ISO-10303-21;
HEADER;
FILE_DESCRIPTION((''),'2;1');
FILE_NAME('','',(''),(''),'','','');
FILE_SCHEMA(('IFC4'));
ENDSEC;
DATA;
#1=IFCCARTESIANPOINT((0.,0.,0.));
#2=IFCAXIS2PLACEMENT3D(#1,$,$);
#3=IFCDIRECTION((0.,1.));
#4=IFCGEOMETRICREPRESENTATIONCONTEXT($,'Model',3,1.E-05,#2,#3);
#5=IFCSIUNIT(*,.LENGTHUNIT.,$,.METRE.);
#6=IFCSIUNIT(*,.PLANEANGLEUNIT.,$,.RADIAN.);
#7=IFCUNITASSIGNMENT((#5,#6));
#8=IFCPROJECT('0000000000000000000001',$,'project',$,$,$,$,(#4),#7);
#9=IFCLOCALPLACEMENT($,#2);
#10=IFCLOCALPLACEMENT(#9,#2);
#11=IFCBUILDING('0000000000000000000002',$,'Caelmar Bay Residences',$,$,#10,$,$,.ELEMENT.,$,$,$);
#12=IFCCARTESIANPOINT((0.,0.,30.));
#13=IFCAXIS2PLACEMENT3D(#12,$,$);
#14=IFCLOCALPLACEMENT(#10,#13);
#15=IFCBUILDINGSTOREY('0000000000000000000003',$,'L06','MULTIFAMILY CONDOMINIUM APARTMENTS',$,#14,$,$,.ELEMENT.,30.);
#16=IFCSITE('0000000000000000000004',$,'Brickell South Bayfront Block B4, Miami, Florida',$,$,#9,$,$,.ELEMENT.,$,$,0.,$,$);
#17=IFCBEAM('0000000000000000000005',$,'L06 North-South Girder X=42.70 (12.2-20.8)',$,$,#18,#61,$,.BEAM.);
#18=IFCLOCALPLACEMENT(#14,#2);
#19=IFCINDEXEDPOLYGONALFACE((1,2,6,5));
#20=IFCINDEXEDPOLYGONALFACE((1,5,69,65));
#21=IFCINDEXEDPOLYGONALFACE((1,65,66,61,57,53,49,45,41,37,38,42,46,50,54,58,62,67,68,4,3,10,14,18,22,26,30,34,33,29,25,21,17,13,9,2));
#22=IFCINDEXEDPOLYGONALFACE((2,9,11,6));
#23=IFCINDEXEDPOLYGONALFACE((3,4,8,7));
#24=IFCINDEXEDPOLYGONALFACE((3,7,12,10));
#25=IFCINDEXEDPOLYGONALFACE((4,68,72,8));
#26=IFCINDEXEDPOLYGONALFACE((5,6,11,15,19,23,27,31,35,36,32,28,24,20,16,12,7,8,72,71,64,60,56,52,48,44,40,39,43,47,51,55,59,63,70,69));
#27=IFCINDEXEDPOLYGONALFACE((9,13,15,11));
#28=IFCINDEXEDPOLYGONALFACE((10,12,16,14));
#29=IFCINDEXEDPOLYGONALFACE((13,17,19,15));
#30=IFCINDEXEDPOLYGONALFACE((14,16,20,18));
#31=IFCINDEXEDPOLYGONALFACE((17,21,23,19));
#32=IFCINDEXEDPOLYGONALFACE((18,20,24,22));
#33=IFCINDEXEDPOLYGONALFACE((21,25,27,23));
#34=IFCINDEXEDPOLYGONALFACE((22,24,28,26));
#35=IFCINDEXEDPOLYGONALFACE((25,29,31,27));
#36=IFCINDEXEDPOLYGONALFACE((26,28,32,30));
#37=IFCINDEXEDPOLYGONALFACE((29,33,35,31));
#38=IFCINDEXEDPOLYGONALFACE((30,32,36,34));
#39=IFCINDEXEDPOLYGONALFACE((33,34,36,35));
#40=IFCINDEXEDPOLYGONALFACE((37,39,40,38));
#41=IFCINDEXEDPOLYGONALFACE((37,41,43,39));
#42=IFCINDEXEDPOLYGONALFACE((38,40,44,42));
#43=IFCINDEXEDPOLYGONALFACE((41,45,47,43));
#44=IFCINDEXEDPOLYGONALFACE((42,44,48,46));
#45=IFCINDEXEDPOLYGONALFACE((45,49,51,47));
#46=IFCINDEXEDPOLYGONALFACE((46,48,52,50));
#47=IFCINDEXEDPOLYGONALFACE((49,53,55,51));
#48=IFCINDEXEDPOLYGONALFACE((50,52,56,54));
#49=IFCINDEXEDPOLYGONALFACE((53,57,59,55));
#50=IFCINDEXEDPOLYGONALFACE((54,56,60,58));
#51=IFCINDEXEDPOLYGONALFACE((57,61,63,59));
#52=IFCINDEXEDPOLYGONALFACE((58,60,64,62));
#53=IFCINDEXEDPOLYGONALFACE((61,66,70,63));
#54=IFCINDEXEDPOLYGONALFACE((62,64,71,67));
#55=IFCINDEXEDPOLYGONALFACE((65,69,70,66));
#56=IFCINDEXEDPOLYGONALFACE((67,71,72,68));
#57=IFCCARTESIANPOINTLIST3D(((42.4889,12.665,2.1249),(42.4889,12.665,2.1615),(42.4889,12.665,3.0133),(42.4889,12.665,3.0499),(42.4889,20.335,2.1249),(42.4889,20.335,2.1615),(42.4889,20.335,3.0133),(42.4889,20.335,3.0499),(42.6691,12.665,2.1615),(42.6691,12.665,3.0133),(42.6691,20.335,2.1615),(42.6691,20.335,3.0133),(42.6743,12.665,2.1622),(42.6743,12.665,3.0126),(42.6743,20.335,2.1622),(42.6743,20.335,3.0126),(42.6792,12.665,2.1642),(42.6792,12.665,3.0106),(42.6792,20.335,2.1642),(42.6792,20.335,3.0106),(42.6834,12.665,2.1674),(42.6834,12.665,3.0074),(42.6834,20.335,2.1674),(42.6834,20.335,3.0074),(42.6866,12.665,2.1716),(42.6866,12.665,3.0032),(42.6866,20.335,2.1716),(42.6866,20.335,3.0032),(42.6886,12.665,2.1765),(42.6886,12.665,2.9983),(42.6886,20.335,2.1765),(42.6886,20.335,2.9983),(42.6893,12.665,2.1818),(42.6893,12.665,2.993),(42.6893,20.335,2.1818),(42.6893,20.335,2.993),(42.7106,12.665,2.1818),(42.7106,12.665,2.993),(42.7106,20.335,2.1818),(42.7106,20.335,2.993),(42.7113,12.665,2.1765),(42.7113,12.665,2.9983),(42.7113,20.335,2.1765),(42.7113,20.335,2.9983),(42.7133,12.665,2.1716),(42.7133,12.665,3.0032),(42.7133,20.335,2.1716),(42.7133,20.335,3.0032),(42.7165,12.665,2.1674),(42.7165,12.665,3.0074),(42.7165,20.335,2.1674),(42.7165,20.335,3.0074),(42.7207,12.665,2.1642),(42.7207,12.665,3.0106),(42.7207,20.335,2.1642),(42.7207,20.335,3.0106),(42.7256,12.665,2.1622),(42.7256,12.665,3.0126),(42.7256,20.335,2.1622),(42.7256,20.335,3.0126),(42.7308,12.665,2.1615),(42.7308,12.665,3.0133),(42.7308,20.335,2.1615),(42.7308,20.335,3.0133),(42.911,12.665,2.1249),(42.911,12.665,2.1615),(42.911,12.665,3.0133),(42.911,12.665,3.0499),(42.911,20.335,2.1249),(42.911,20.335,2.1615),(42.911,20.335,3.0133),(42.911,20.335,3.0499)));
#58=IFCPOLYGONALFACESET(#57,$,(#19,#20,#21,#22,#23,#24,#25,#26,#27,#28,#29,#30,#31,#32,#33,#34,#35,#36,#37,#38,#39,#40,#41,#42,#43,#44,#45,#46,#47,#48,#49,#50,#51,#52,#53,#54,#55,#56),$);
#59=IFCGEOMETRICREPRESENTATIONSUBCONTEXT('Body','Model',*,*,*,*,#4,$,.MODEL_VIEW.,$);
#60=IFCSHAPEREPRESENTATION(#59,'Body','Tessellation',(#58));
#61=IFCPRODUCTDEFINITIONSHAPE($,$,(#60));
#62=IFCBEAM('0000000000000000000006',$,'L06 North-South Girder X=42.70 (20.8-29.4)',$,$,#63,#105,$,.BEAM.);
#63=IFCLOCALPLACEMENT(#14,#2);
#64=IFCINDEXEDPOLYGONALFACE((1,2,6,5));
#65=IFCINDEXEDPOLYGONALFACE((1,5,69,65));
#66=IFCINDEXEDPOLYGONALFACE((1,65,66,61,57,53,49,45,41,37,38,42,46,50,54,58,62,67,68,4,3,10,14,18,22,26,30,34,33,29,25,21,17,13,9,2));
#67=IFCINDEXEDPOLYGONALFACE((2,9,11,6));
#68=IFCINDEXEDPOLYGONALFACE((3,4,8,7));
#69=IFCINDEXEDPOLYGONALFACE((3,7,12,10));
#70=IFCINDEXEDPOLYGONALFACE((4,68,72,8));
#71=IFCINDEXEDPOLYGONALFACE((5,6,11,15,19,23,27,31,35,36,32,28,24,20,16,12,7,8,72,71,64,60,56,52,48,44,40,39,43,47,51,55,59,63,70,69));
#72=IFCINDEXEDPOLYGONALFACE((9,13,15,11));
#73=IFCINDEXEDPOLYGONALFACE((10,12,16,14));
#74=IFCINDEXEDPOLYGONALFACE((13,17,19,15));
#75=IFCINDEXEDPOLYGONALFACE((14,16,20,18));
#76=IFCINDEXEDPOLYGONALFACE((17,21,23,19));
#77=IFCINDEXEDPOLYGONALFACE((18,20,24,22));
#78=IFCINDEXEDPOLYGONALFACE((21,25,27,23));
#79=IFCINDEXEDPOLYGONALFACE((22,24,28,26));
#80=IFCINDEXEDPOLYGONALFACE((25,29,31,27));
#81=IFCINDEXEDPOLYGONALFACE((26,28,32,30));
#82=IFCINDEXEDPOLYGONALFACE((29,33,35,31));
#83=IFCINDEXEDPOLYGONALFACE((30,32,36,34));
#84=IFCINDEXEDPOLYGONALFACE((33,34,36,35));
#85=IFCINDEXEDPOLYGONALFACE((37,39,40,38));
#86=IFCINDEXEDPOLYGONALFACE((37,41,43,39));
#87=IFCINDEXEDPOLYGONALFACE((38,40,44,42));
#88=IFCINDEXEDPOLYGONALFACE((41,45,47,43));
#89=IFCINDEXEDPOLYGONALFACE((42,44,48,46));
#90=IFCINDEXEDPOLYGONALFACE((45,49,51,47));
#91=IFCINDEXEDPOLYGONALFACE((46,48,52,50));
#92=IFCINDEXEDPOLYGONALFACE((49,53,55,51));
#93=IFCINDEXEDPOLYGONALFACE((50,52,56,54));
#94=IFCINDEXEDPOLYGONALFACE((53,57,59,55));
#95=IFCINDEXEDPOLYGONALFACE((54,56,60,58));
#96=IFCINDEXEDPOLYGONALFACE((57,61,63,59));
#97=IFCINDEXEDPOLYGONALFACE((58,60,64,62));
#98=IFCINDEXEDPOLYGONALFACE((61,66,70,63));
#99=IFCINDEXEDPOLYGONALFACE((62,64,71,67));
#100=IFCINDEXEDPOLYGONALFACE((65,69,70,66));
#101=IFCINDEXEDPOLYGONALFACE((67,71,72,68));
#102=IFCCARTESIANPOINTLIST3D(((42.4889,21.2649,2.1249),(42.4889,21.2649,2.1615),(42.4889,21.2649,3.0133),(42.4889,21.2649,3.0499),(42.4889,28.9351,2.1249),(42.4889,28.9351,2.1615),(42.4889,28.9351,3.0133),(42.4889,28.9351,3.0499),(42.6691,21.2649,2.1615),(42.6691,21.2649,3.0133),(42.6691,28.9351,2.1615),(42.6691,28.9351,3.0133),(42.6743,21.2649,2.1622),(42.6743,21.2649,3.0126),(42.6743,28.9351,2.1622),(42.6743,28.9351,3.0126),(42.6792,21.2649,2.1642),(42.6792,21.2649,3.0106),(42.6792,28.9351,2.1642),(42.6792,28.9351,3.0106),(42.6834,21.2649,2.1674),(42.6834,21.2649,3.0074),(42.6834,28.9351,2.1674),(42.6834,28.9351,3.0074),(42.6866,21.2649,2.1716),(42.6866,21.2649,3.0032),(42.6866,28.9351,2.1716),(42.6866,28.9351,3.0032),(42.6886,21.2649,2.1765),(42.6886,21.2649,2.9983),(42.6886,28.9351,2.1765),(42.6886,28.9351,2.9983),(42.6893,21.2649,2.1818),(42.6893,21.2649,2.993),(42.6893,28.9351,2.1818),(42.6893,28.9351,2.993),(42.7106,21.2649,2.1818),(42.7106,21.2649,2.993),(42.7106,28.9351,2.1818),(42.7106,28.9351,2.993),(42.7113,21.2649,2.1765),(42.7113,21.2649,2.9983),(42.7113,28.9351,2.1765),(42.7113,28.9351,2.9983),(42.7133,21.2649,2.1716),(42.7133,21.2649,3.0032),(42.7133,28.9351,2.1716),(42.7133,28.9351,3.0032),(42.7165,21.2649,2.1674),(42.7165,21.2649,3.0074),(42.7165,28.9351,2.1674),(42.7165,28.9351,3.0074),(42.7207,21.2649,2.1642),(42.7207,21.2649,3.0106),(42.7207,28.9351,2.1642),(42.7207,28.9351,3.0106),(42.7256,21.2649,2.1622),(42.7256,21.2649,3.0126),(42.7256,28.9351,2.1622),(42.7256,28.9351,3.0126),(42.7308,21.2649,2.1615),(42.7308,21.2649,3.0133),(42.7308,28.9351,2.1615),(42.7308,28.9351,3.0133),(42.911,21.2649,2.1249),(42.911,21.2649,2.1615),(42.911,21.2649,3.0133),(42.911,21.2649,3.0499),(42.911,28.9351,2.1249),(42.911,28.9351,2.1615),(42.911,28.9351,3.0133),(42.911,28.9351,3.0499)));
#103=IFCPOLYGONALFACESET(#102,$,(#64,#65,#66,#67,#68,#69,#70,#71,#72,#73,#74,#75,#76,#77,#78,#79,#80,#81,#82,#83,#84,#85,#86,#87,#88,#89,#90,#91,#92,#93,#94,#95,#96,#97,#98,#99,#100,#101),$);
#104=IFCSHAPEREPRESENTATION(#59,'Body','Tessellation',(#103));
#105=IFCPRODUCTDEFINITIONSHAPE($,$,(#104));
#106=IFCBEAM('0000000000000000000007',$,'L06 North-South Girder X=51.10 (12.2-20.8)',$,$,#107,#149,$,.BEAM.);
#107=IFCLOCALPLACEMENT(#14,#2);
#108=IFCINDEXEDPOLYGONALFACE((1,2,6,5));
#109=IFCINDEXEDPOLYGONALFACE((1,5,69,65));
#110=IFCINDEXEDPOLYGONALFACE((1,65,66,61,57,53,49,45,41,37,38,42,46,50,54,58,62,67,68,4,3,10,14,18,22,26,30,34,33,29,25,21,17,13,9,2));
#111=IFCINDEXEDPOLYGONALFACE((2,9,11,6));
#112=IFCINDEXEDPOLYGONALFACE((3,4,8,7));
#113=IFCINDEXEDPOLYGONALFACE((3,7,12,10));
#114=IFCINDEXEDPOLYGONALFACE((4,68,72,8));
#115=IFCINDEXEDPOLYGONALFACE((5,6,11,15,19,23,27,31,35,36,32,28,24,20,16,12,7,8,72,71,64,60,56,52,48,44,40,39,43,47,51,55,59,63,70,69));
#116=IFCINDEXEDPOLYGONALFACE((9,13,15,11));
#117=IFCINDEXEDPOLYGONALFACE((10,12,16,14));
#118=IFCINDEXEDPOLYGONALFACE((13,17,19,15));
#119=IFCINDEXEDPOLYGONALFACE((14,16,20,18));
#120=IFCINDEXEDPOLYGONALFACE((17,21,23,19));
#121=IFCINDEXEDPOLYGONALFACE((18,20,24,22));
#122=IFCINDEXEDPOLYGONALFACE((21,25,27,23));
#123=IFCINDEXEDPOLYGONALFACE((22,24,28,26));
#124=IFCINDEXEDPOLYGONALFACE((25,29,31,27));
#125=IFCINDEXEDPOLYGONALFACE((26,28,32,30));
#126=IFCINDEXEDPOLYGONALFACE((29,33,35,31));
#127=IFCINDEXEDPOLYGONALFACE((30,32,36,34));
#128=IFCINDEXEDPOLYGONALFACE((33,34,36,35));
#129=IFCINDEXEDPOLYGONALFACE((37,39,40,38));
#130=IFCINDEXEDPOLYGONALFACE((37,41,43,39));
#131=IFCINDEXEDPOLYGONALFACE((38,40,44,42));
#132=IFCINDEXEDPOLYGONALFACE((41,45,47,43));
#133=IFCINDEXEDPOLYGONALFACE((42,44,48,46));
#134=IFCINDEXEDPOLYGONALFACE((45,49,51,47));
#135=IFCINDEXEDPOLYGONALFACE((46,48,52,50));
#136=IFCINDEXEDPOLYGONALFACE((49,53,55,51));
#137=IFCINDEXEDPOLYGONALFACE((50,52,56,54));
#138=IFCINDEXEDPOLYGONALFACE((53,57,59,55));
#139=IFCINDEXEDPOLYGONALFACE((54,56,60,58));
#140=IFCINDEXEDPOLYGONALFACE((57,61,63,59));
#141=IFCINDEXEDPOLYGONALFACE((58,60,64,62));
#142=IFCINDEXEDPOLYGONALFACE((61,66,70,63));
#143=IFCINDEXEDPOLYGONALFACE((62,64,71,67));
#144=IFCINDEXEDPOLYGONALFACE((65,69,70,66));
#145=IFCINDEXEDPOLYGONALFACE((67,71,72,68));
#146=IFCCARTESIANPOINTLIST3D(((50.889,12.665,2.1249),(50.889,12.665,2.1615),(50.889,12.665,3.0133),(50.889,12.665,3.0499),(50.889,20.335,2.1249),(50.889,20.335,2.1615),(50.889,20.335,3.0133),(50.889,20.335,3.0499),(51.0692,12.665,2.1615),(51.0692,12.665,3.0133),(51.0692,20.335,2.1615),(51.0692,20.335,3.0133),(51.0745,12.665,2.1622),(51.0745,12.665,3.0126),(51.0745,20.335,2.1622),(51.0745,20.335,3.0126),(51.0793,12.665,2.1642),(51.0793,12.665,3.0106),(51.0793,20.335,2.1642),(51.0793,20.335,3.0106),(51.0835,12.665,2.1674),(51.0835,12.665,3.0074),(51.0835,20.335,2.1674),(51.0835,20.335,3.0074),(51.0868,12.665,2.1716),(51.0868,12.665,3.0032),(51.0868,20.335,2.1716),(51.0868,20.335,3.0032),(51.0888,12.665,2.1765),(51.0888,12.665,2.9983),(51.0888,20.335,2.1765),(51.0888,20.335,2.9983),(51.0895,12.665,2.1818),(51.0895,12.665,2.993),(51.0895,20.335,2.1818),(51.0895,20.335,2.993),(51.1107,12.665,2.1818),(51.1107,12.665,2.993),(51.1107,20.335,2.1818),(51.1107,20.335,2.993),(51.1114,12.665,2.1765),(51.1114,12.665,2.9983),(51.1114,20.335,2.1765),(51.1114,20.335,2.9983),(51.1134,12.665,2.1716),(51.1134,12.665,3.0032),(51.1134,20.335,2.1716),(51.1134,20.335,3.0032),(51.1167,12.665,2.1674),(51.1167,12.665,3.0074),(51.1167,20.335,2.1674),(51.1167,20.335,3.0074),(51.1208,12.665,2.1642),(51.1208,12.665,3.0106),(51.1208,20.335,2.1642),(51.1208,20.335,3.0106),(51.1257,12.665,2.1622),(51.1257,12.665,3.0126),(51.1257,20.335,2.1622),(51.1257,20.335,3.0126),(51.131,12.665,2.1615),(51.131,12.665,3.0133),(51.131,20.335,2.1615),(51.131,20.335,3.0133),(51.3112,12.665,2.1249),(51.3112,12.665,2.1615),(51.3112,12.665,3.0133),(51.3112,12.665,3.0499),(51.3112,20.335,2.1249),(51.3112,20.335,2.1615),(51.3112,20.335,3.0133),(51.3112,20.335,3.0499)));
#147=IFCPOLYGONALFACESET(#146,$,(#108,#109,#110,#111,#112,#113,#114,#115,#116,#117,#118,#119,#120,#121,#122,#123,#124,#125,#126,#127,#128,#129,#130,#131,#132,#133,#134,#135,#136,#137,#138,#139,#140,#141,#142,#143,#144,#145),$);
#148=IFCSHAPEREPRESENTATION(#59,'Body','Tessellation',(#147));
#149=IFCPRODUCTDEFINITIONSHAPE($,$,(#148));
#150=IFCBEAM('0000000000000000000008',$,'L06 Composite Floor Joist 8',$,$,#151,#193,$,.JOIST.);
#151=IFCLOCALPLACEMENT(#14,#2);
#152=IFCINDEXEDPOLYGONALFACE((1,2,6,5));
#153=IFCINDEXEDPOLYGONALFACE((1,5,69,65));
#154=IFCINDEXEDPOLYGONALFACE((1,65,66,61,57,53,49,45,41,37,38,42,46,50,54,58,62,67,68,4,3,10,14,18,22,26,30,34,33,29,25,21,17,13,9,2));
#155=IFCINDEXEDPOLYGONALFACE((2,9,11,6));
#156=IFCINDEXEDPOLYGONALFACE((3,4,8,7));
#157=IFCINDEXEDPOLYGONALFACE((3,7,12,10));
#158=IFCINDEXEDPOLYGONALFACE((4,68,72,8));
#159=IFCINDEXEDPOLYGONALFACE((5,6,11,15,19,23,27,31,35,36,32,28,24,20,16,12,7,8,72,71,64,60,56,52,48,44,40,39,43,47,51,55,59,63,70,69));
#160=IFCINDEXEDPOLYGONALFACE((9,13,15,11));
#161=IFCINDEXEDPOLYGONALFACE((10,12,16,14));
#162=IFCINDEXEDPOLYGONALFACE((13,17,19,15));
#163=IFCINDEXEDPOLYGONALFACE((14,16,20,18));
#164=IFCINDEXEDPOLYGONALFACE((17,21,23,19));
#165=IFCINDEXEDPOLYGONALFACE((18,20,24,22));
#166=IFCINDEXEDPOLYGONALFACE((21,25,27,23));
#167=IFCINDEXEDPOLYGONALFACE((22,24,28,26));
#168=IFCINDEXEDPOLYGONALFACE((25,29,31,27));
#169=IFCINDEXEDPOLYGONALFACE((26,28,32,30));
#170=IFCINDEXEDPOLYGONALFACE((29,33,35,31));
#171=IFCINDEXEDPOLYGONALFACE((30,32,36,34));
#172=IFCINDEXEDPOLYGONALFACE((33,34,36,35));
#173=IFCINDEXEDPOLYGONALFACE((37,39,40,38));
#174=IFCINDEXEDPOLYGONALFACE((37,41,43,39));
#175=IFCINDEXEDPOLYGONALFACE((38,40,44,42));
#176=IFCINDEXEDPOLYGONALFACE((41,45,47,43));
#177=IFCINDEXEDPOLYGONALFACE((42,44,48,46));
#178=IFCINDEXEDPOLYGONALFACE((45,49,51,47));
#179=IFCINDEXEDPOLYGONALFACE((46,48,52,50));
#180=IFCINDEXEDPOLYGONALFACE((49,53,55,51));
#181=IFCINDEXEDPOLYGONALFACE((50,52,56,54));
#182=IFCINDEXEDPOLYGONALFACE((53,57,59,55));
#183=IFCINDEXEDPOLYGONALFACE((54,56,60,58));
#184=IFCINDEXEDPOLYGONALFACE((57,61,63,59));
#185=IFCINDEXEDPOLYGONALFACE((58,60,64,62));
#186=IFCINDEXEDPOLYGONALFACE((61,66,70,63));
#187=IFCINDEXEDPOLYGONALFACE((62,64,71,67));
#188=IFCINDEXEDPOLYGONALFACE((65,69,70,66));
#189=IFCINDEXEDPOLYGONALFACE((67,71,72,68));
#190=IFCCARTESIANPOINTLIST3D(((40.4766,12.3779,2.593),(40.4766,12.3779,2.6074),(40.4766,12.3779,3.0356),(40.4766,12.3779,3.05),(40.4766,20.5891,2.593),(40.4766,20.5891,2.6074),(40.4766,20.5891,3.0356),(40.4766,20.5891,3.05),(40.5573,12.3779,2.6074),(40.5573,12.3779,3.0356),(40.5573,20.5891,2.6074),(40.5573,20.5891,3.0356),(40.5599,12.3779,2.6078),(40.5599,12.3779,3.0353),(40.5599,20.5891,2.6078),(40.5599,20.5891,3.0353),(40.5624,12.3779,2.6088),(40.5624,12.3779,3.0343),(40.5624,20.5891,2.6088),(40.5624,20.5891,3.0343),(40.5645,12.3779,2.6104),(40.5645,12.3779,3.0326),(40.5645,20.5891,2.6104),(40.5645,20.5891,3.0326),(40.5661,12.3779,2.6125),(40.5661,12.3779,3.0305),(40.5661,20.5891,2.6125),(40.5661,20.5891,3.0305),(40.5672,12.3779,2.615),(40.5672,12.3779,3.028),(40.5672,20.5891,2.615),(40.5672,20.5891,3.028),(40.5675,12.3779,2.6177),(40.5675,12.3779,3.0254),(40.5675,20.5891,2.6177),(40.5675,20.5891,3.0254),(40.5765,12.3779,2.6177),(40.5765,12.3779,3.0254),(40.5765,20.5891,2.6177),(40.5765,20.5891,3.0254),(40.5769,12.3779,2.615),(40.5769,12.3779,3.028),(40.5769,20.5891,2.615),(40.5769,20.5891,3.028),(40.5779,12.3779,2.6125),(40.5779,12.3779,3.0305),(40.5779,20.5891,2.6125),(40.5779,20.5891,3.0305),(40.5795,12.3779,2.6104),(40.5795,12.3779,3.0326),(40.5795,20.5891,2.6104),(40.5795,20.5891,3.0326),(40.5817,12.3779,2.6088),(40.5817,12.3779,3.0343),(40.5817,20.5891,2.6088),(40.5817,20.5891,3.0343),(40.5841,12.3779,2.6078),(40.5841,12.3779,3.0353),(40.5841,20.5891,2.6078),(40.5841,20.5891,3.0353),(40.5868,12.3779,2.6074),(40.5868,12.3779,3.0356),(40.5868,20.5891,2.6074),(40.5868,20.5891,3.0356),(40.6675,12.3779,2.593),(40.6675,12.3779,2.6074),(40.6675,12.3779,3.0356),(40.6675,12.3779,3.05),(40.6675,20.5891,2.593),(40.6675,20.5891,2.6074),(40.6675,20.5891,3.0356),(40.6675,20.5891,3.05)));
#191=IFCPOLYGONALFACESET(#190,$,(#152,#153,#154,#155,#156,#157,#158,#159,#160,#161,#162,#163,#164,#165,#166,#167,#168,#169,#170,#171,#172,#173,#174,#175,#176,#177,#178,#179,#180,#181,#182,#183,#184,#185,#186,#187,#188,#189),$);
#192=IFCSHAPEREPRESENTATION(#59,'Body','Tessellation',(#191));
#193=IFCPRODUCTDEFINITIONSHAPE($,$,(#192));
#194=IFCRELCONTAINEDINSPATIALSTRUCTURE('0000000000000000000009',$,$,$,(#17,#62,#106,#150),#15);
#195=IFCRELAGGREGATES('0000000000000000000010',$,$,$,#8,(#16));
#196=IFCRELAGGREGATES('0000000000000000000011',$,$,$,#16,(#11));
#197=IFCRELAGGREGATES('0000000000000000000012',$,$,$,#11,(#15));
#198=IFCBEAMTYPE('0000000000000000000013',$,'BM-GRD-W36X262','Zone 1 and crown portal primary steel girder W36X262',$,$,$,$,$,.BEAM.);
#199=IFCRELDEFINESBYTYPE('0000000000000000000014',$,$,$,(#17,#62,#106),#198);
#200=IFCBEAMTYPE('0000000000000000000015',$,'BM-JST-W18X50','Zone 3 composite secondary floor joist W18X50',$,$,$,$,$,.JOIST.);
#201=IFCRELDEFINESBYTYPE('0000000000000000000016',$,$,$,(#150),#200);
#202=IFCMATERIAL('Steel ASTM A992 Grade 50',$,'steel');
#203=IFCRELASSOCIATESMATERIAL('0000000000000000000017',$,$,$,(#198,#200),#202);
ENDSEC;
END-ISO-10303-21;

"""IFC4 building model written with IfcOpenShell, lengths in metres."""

from ifc_helpers import new_model, si_unit, direction, frame, origin, origin_2d, place, context, subcontext, project, spatial, i_section, extrude, material, material_profile, profile_set, type_object, element, save


model = new_model("IFC4")

# Units and contexts
model_context = context("Model", 3, precision=1e-05, world=origin(), true_north=direction((0.0, 1.0)))
body_context = subcontext(model_context, "Body", "Model", "MODEL_VIEW")
ifc_project = project(units=[si_unit("LENGTHUNIT", "METRE"), si_unit("PLANEANGLEUNIT", "RADIAN")], contexts=[model_context])

# Site, building, storey
site_placement = place(None, origin())
site = spatial("IfcSite", under=ifc_project, at=site_placement, Name="Brickell South Bayfront Block B4, Miami, Florida", CompositionType="ELEMENT", RefElevation=0.0)
building_placement = place(site_placement, origin())
building = spatial("IfcBuilding", under=site, at=building_placement, Name="Caelmar Bay Residences", CompositionType="ELEMENT")
storey_placement = place(building_placement, frame((0.0, 0.0, 30.0)))
storey = spatial("IfcBuildingStorey", under=building, at=storey_placement, Name="L06", Description="MULTIFAMILY CONDOMINIUM APARTMENTS", CompositionType="ELEMENT", Elevation=30.0)

# Beams
ifc_material_1 = material(Name="Steel ASTM A992 Grade 50", Category="steel")
ifc_material_profile_1 = material_profile(ifc_material_1, i_section(OverallWidth=0.4221, OverallDepth=0.925, WebThickness=0.0212, FlangeThickness=0.0366, FilletRadius=0.0203, at=origin_2d()), Name="W36X262")
ifc_profile_set_1 = profile_set([ifc_material_profile_1], Name="Steel ASTM A992 Grade 50")
beam_type_1 = type_object("IfcBeamType", Name="BM-GRD-W36X262", Description="Zone 1 and crown portal primary steel girder W36X262", PredefinedType="BEAM", material=ifc_profile_set_1)
beam_1_placement = place(storey_placement, frame((42.7, 12.665, 2.5874), z_axis=(0.0, 1.0, 0.0), x_axis=(-1.0, 0.0, 0.0)))
element("IfcBeam", 1, at=beam_1_placement, inside=storey, type_object=beam_type_1, Name="L06 North-South Girder X=42.70 (12.2-20.8)", PredefinedType="BEAM", context=body_context, shape_type="SweptSolid", body=[
    extrude(i_section(OverallWidth=0.4221, OverallDepth=0.925, WebThickness=0.0212, FlangeThickness=0.0366, FilletRadius=0.0203, at=origin_2d()), origin(), (0.0, 0.0, 1.0), 7.6699),
])
beam_2_placement = place(storey_placement, frame((42.7, 21.2649, 2.5874), z_axis=(0.0, 1.0, 0.0), x_axis=(-1.0, 0.0, 0.0)))
element("IfcBeam", 2, at=beam_2_placement, inside=storey, type_object=beam_type_1, Name="L06 North-South Girder X=42.70 (20.8-29.4)", PredefinedType="BEAM", context=body_context, shape_type="SweptSolid", body=[
    extrude(i_section(OverallWidth=0.4221, OverallDepth=0.925, WebThickness=0.0212, FlangeThickness=0.0366, FilletRadius=0.0203, at=origin_2d()), origin(), (0.0, 0.0, 1.0), 7.6702),
])
beam_3_placement = place(storey_placement, frame((51.1001, 12.665, 2.5874), z_axis=(0.0, 1.0, 0.0), x_axis=(-1.0, 0.0, 0.0)))
element("IfcBeam", 3, at=beam_3_placement, inside=storey, type_object=beam_type_1, Name="L06 North-South Girder X=51.10 (12.2-20.8)", PredefinedType="BEAM", context=body_context, shape_type="SweptSolid", body=[
    extrude(i_section(OverallWidth=0.4221, OverallDepth=0.925, WebThickness=0.0212, FlangeThickness=0.0366, FilletRadius=0.0203, at=origin_2d()), origin(), (0.0, 0.0, 1.0), 7.6699),
])
ifc_material_profile_2 = material_profile(ifc_material_1, i_section(OverallWidth=0.1909, OverallDepth=0.457, WebThickness=0.009, FlangeThickness=0.0144, FilletRadius=0.0103, at=origin_2d()), Name="W18X50")
ifc_profile_set_2 = profile_set([ifc_material_profile_2], Name="Steel ASTM A992 Grade 50")
beam_type_2 = type_object("IfcBeamType", Name="BM-JST-W18X50", Description="Zone 3 composite secondary floor joist W18X50", PredefinedType="JOIST", material=ifc_profile_set_2)
for number, where, z_axis, x_axis, name in (
    (4, (40.572, 12.3779, 2.8215), (0.0, 1.0, 0.0), (-1.0, 0.0, 0.0), "L06 Composite Floor Joist 8"),
):
    element("IfcBeam", number, at=place(storey_placement, frame(where, z_axis=z_axis, x_axis=x_axis)), inside=storey, type_object=beam_type_2, Name=name, PredefinedType="JOIST", context=body_context, shape_type="SweptSolid", body=[
        extrude(i_section(OverallWidth=0.1909, OverallDepth=0.457, WebThickness=0.009, FlangeThickness=0.0144, FilletRadius=0.0103, at=origin_2d()), origin(), (0.0, 0.0, 1.0), 8.2112),
    ])

save(model, "model.ifc")
